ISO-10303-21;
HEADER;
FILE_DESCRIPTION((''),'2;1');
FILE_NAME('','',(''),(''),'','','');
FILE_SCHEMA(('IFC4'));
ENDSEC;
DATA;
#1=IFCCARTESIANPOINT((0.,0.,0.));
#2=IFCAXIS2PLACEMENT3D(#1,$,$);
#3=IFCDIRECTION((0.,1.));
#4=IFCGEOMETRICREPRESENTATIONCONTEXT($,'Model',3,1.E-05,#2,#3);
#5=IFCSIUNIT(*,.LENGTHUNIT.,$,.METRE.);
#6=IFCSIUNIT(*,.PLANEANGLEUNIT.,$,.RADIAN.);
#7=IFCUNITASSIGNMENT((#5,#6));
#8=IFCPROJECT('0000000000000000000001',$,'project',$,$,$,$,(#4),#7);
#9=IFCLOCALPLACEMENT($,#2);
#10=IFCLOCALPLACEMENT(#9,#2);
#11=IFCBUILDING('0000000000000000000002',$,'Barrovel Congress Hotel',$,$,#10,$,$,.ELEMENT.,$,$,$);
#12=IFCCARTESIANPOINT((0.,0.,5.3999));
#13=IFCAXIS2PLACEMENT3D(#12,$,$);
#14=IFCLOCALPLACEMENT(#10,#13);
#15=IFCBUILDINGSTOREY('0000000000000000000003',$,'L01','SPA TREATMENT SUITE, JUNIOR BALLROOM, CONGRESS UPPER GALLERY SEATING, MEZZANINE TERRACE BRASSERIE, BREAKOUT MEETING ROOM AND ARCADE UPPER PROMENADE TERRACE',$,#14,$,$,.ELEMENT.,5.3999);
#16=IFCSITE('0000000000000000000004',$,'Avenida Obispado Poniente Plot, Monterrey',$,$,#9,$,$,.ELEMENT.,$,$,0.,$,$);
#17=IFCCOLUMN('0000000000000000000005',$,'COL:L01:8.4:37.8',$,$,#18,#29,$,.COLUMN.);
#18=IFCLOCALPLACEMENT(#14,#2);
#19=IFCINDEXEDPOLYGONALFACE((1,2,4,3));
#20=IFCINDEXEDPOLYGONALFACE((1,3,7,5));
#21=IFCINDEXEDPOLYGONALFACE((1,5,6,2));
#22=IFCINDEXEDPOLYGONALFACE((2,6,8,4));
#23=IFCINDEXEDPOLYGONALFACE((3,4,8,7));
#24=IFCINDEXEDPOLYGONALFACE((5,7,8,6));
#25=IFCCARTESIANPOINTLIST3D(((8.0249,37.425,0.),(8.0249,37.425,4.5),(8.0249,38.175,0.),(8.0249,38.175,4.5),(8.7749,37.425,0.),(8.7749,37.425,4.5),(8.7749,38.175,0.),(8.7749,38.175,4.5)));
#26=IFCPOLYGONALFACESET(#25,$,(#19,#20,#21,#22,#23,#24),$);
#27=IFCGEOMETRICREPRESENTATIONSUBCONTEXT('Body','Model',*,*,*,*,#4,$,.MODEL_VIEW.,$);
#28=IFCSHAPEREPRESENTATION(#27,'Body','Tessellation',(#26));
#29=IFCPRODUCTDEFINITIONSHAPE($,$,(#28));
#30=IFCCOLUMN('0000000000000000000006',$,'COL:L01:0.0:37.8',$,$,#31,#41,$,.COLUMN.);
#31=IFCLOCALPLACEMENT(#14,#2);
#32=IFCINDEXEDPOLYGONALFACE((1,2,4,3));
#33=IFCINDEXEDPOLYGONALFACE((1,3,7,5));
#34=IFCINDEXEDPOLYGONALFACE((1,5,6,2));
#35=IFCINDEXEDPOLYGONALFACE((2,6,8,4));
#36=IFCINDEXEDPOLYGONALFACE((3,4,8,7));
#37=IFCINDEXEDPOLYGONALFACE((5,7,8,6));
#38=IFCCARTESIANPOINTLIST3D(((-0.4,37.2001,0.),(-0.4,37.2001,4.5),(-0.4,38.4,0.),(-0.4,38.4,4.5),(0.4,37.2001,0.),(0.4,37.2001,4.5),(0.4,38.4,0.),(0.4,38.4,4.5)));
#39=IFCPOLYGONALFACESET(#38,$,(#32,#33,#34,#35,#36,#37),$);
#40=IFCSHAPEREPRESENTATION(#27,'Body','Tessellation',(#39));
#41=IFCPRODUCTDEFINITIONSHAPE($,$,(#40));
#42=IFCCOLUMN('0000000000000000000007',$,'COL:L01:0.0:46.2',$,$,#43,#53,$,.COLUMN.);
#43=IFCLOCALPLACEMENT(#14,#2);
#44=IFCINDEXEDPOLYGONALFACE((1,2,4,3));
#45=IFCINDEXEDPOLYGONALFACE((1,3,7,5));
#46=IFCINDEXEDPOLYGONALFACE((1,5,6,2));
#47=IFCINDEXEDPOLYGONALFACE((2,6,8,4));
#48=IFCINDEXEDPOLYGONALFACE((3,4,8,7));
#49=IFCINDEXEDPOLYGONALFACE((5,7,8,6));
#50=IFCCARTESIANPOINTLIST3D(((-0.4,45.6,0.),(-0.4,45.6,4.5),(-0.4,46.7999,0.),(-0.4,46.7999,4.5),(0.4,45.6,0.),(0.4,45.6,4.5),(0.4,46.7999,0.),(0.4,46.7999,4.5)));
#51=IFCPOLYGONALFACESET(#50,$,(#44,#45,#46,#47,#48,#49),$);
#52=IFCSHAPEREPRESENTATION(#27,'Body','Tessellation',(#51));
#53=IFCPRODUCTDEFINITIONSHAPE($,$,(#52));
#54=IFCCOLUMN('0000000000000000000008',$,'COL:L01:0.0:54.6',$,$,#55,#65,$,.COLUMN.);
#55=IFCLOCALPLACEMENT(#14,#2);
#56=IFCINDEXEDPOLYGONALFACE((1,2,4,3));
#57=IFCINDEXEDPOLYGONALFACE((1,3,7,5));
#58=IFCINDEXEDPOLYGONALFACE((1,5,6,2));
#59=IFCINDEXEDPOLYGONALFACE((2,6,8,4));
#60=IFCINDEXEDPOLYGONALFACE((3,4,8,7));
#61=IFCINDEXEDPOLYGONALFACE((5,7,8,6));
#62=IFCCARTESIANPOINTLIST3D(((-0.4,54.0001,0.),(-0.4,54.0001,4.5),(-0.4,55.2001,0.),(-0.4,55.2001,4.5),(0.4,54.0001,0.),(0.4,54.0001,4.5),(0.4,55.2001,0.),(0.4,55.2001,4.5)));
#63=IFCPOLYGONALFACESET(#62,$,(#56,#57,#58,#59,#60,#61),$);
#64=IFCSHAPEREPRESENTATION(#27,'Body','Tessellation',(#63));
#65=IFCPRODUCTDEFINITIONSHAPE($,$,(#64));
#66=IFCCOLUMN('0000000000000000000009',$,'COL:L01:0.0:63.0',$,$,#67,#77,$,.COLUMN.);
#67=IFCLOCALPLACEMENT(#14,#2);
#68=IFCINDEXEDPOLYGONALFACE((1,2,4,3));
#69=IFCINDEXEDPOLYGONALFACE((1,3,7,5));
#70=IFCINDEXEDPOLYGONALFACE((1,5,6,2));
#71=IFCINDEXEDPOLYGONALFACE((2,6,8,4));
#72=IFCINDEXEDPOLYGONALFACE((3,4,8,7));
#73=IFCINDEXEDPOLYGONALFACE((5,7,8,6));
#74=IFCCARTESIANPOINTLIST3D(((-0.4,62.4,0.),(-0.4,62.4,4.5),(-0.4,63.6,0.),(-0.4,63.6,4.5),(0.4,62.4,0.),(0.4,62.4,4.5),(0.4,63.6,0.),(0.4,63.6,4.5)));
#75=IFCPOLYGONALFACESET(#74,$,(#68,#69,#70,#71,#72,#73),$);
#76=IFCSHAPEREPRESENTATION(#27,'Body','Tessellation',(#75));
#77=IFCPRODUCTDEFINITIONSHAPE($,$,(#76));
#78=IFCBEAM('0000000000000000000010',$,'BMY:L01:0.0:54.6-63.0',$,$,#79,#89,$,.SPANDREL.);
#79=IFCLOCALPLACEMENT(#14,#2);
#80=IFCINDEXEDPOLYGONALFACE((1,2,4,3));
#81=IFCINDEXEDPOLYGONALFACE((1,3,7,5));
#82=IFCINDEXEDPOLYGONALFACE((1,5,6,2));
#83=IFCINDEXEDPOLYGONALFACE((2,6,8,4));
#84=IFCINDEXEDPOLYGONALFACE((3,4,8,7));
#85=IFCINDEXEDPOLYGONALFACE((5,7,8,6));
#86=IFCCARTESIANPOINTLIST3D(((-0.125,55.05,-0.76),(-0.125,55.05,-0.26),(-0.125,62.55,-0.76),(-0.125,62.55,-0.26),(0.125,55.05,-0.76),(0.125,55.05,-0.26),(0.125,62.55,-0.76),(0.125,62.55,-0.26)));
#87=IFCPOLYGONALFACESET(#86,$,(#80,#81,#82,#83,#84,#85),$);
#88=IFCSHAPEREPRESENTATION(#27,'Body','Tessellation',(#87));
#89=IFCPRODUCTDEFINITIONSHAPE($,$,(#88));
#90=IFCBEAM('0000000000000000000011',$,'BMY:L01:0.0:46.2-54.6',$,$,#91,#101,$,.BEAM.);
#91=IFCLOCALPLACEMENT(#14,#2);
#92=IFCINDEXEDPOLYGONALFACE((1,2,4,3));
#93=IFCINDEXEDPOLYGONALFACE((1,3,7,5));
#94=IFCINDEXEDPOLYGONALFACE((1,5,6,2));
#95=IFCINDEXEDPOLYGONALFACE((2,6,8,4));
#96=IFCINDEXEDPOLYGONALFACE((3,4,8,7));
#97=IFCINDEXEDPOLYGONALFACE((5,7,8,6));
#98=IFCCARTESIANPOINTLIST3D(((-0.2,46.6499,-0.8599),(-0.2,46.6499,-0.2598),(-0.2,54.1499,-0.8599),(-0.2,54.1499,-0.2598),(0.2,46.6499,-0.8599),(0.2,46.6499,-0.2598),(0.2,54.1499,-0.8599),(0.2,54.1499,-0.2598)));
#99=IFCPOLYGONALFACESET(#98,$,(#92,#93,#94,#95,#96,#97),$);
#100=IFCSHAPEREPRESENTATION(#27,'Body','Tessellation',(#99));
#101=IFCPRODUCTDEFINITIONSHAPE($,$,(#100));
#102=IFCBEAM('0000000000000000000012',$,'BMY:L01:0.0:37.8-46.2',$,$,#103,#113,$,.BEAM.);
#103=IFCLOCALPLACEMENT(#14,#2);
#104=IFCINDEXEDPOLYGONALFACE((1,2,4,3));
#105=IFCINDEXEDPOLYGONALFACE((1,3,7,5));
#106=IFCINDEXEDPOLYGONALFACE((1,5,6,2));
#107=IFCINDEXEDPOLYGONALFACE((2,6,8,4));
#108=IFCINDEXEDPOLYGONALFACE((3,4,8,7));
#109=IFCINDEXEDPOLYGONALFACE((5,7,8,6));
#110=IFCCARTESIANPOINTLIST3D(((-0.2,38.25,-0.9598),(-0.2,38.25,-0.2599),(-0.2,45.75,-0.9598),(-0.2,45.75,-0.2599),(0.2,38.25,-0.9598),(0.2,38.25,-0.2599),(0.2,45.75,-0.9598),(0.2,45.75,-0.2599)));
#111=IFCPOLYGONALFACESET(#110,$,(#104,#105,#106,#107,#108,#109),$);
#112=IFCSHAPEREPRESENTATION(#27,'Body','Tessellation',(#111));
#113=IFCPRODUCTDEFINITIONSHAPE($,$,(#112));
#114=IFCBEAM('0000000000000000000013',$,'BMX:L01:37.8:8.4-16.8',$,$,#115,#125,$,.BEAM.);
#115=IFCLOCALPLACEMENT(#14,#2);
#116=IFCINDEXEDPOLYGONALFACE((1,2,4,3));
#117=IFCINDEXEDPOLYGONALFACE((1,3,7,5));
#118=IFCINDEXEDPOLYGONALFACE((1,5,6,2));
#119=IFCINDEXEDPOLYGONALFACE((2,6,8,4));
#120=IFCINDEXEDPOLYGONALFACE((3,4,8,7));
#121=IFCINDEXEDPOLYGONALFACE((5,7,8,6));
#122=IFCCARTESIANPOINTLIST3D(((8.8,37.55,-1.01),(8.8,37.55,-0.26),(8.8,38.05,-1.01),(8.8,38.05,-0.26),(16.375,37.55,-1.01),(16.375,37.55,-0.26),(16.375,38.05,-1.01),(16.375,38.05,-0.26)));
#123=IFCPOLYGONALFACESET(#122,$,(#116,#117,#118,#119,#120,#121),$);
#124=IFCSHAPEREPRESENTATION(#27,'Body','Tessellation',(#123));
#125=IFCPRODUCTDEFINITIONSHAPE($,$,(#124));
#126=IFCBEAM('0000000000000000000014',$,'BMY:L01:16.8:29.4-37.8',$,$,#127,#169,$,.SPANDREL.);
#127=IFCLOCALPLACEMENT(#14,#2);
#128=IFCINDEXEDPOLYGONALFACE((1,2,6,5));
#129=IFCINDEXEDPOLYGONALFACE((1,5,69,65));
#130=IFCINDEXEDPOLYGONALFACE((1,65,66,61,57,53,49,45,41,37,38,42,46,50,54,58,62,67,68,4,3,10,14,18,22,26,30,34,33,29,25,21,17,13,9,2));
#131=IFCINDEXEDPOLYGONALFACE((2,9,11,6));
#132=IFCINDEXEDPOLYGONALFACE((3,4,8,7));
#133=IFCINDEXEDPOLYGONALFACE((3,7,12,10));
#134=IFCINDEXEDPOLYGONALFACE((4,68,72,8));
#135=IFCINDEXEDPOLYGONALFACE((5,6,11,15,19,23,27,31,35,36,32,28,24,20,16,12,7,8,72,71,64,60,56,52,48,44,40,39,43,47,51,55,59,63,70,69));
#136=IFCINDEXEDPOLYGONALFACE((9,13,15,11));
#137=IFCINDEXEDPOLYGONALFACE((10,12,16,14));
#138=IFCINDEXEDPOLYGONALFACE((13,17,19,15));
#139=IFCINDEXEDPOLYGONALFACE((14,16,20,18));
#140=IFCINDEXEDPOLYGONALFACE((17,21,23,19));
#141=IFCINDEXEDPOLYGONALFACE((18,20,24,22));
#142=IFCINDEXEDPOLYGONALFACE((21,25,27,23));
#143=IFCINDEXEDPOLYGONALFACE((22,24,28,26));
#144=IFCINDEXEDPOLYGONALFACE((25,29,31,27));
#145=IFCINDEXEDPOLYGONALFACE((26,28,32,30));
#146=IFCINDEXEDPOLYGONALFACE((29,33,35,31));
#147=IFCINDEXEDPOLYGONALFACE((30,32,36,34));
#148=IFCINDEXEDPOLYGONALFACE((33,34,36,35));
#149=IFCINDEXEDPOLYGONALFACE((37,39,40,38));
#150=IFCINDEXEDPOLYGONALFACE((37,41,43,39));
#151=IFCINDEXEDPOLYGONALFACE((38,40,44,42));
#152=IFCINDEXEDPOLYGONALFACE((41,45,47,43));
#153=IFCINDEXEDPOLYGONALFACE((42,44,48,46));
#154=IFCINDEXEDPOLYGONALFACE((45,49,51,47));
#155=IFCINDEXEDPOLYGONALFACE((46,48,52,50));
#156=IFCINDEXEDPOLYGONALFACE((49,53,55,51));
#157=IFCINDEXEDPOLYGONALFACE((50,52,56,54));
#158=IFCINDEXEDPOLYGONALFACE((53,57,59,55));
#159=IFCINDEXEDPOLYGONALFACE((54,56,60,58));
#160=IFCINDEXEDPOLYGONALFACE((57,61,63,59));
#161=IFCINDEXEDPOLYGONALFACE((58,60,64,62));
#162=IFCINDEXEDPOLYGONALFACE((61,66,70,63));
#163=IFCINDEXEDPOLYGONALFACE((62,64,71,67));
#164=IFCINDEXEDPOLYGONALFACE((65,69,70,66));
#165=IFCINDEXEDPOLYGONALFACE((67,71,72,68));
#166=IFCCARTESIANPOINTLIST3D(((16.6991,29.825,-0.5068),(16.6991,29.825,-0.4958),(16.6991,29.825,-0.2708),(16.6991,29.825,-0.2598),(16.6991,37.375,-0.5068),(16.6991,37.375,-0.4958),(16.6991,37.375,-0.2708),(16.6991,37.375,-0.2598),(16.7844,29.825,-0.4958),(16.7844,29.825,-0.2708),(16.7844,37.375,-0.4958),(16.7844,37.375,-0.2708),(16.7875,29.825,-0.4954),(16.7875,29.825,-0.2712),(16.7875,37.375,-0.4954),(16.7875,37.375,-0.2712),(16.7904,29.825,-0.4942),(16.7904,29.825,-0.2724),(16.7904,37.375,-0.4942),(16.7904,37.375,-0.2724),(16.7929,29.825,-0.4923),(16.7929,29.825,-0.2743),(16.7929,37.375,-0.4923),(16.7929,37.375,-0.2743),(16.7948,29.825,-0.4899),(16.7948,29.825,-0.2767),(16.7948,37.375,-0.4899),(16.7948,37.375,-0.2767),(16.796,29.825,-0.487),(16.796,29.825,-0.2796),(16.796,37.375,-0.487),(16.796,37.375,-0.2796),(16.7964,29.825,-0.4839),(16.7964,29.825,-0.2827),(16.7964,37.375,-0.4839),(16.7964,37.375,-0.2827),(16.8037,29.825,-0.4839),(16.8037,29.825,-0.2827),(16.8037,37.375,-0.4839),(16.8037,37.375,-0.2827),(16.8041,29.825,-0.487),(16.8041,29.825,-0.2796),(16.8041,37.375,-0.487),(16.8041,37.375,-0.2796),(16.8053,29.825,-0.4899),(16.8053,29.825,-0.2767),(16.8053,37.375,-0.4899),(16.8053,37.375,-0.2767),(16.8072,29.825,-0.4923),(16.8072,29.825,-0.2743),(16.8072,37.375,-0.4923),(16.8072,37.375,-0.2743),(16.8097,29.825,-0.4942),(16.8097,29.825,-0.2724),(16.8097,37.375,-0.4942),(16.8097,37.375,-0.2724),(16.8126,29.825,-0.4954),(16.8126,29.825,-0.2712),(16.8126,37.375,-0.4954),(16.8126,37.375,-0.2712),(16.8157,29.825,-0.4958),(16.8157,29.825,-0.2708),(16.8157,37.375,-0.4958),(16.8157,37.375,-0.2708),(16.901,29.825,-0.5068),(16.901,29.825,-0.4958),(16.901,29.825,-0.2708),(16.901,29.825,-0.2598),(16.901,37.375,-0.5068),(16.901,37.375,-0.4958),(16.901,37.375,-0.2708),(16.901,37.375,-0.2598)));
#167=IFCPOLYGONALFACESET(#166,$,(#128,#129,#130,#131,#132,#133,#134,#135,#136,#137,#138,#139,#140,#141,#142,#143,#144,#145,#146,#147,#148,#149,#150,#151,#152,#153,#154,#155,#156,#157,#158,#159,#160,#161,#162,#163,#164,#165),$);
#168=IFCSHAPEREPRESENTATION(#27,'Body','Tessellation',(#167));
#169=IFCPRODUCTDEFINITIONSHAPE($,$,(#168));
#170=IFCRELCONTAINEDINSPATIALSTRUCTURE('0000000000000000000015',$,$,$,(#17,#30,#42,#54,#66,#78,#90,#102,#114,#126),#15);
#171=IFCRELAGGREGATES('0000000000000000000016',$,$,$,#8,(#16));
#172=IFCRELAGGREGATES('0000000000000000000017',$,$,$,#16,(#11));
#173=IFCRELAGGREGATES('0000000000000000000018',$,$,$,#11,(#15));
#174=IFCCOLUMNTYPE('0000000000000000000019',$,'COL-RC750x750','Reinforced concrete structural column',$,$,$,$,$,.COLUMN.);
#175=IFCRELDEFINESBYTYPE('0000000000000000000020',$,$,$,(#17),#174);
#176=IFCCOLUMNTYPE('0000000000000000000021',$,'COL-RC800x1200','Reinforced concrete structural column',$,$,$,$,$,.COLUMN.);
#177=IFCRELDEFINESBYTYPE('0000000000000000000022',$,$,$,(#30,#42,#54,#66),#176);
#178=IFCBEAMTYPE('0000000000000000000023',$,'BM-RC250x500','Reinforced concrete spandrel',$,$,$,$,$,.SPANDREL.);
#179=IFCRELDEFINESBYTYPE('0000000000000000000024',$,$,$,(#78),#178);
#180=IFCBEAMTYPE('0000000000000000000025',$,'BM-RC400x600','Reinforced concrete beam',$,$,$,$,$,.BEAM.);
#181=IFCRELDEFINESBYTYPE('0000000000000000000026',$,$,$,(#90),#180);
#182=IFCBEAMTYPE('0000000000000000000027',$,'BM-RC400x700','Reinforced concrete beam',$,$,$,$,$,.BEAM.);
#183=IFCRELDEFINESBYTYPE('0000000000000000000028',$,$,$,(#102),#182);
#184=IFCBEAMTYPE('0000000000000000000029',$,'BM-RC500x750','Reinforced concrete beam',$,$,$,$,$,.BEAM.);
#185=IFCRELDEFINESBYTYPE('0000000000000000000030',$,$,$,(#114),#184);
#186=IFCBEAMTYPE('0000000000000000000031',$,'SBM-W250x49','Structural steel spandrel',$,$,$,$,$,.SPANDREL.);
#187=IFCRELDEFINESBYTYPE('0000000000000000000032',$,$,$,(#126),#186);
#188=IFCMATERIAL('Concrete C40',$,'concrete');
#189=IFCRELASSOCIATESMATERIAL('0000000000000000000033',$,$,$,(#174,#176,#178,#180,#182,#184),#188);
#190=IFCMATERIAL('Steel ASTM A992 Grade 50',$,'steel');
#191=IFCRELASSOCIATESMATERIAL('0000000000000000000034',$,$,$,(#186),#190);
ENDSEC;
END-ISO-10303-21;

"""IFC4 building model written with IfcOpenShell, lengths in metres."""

from ifc_helpers import new_model, si_unit, direction, frame, origin, origin_2d, place, context, subcontext, project, spatial, rectangle, i_section, extrude, material, material_profile, profile_set, type_object, element, save


model = new_model("IFC4")

# Units and contexts
model_context = context("Model", 3, precision=1e-05, world=origin(), true_north=direction((0.0, 1.0)))
body_context = subcontext(model_context, "Body", "Model", "MODEL_VIEW")
ifc_project = project(units=[si_unit("LENGTHUNIT", "METRE"), si_unit("PLANEANGLEUNIT", "RADIAN")], contexts=[model_context])

# Site, building, storey
site_placement = place(None, origin())
site = spatial("IfcSite", under=ifc_project, at=site_placement, Name="Avenida Obispado Poniente Plot, Monterrey", CompositionType="ELEMENT", RefElevation=0.0)
building_placement = place(site_placement, origin())
building = spatial("IfcBuilding", under=site, at=building_placement, Name="Barrovel Congress Hotel", CompositionType="ELEMENT")
storey_placement = place(building_placement, frame((0.0, 0.0, 5.3999)))
storey = spatial("IfcBuildingStorey", under=building, at=storey_placement, Name="L01", Description="SPA TREATMENT SUITE, JUNIOR BALLROOM, CONGRESS UPPER GALLERY SEATING, MEZZANINE TERRACE BRASSERIE, BREAKOUT MEETING ROOM AND ARCADE UPPER PROMENADE TERRACE", CompositionType="ELEMENT", Elevation=5.3999)

# Columns
ifc_material_1 = material(Name="Concrete C40", Category="concrete")
ifc_material_profile_1 = material_profile(ifc_material_1, rectangle(XDim=0.75, YDim=0.75, at=origin_2d()), Name="RC750x750")
ifc_profile_set_1 = profile_set([ifc_material_profile_1], Name="Concrete C40")
column_type_1 = type_object("IfcColumnType", Name="COL-RC750x750", Description="Reinforced concrete structural column", PredefinedType="COLUMN", material=ifc_profile_set_1)
column_placement = place(storey_placement, frame((8.3999, 37.8, 0.0), z_axis=(0.0, 0.0, 1.0), x_axis=(1.0, 0.0, 0.0)))
element("IfcColumn", 1, at=column_placement, inside=storey, type_object=column_type_1, Name="COL:L01:8.4:37.8", PredefinedType="COLUMN", context=body_context, shape_type="SweptSolid", body=[
    extrude(rectangle(XDim=0.75, YDim=0.75, at=origin_2d()), origin(), (0.0, 0.0, 1.0), 4.5),
])
ifc_material_profile_2 = material_profile(ifc_material_1, rectangle(XDim=0.8, YDim=1.2, at=origin_2d()), Name="RC800x1200")
ifc_profile_set_2 = profile_set([ifc_material_profile_2], Name="Concrete C40")
column_type_2 = type_object("IfcColumnType", Name="COL-RC800x1200", Description="Reinforced concrete structural column", PredefinedType="COLUMN", material=ifc_profile_set_2)
for number, where, z_axis, x_axis, name in (
    (2, (0.0, 37.8, 0.0), (0.0, 0.0, 1.0), (1.0, 0.0, 0.0), "COL:L01:0.0:37.8"),
    (3, (0.0, 46.2, 0.0), (0.0, 0.0, 1.0), (1.0, 0.0, 0.0), "COL:L01:0.0:46.2"),
    (4, (0.0, 54.6001, 0.0), (0.0, 0.0, 1.0), (1.0, 0.0, 0.0), "COL:L01:0.0:54.6"),
    (5, (0.0, 63.0, 0.0), (0.0, 0.0, 1.0), (1.0, 0.0, 0.0), "COL:L01:0.0:63.0"),
):
    element("IfcColumn", number, at=place(storey_placement, frame(where, z_axis=z_axis, x_axis=x_axis)), inside=storey, type_object=column_type_2, Name=name, PredefinedType="COLUMN", context=body_context, shape_type="SweptSolid", body=[
        extrude(rectangle(XDim=0.8, YDim=1.2, at=origin_2d()), origin(), (0.0, 0.0, 1.0), 4.5),
    ])

# Beams
ifc_material_profile_3 = material_profile(ifc_material_1, rectangle(XDim=0.25, YDim=0.5, at=origin_2d()), Name="RC250x500")
ifc_profile_set_3 = profile_set([ifc_material_profile_3], Name="Concrete C40")
beam_type_1 = type_object("IfcBeamType", Name="BM-RC250x500", Description="Reinforced concrete spandrel", PredefinedType="SPANDREL", material=ifc_profile_set_3)
beam_1_placement = place(storey_placement, frame((0.0, 55.05, -0.51), z_axis=(0.0, 1.0, 0.0), x_axis=(-1.0, 0.0, 0.0)))
element("IfcBeam", 6, at=beam_1_placement, inside=storey, type_object=beam_type_1, Name="BMY:L01:0.0:54.6-63.0", PredefinedType="SPANDREL", context=body_context, shape_type="SweptSolid", body=[
    extrude(rectangle(XDim=0.25, YDim=0.5, at=origin_2d()), origin(), (0.0, 0.0, 1.0), 7.5),
])
ifc_material_profile_4 = material_profile(ifc_material_1, rectangle(XDim=0.3999, YDim=0.6001, at=origin_2d()), Name="RC400x600")
ifc_profile_set_4 = profile_set([ifc_material_profile_4], Name="Concrete C40")
beam_type_2 = type_object("IfcBeamType", Name="BM-RC400x600", Description="Reinforced concrete beam", PredefinedType="BEAM", material=ifc_profile_set_4)
beam_2_placement = place(storey_placement, frame((0.0, 46.6499, -0.5598), z_axis=(0.0, 1.0, 0.0), x_axis=(-1.0, 0.0, 0.0)))
element("IfcBeam", 7, at=beam_2_placement, inside=storey, type_object=beam_type_2, Name="BMY:L01:0.0:46.2-54.6", PredefinedType="BEAM", context=body_context, shape_type="SweptSolid", body=[
    extrude(rectangle(XDim=0.3999, YDim=0.6001, at=origin_2d()), origin(), (0.0, 0.0, 1.0), 7.5),
])
ifc_material_profile_5 = material_profile(ifc_material_1, rectangle(XDim=0.3999, YDim=0.7, at=origin_2d()), Name="RC400x700")
ifc_profile_set_5 = profile_set([ifc_material_profile_5], Name="Concrete C40")
beam_type_3 = type_object("IfcBeamType", Name="BM-RC400x700", Description="Reinforced concrete beam", PredefinedType="BEAM", material=ifc_profile_set_5)
beam_3_placement = place(storey_placement, frame((0.0, 38.25, -0.6099), z_axis=(0.0, 1.0, 0.0), x_axis=(-1.0, 0.0, 0.0)))
element("IfcBeam", 8, at=beam_3_placement, inside=storey, type_object=beam_type_3, Name="BMY:L01:0.0:37.8-46.2", PredefinedType="BEAM", context=body_context, shape_type="SweptSolid", body=[
    extrude(rectangle(XDim=0.3999, YDim=0.7, at=origin_2d()), origin(), (0.0, 0.0, 1.0), 7.5),
])
ifc_material_profile_6 = material_profile(ifc_material_1, rectangle(XDim=0.5, YDim=0.75, at=origin_2d()), Name="RC500x750")
ifc_profile_set_6 = profile_set([ifc_material_profile_6], Name="Concrete C40")
beam_type_4 = type_object("IfcBeamType", Name="BM-RC500x750", Description="Reinforced concrete beam", PredefinedType="BEAM", material=ifc_profile_set_6)
beam_4_placement = place(storey_placement, frame((8.8, 37.8, -0.635), z_axis=(1.0, 0.0, 0.0), x_axis=(0.0, 1.0, 0.0)))
element("IfcBeam", 9, at=beam_4_placement, inside=storey, type_object=beam_type_4, Name="BMX:L01:37.8:8.4-16.8", PredefinedType="BEAM", context=body_context, shape_type="SweptSolid", body=[
    extrude(rectangle(XDim=0.5, YDim=0.75, at=origin_2d()), origin(), (0.0, 0.0, 1.0), 7.575),
])
ifc_material_2 = material(Name="Steel ASTM A992 Grade 50", Category="steel")
ifc_material_profile_7 = material_profile(ifc_material_2, i_section(OverallWidth=0.2019, OverallDepth=0.2471, WebThickness=0.0073, FlangeThickness=0.011, FilletRadius=0.012, at=origin_2d()), Name="W250x49")
ifc_profile_set_7 = profile_set([ifc_material_profile_7], Name="Steel ASTM A992 Grade 50")
beam_type_5 = type_object("IfcBeamType", Name="SBM-W250x49", Description="Structural steel spandrel", PredefinedType="SPANDREL", material=ifc_profile_set_7)
beam_5_placement = place(storey_placement, frame((16.8, 29.825, -0.3833), z_axis=(0.0, 1.0, 0.0), x_axis=(-1.0, 0.0, 0.0)))
element("IfcBeam", 10, at=beam_5_placement, inside=storey, type_object=beam_type_5, Name="BMY:L01:16.8:29.4-37.8", PredefinedType="SPANDREL", context=body_context, shape_type="SweptSolid", body=[
    extrude(i_section(OverallWidth=0.2019, OverallDepth=0.2471, WebThickness=0.0073, FlangeThickness=0.011, FilletRadius=0.012, at=origin_2d()), origin(), (0.0, 0.0, 1.0), 7.55),
])

save(model, "model.ifc")
